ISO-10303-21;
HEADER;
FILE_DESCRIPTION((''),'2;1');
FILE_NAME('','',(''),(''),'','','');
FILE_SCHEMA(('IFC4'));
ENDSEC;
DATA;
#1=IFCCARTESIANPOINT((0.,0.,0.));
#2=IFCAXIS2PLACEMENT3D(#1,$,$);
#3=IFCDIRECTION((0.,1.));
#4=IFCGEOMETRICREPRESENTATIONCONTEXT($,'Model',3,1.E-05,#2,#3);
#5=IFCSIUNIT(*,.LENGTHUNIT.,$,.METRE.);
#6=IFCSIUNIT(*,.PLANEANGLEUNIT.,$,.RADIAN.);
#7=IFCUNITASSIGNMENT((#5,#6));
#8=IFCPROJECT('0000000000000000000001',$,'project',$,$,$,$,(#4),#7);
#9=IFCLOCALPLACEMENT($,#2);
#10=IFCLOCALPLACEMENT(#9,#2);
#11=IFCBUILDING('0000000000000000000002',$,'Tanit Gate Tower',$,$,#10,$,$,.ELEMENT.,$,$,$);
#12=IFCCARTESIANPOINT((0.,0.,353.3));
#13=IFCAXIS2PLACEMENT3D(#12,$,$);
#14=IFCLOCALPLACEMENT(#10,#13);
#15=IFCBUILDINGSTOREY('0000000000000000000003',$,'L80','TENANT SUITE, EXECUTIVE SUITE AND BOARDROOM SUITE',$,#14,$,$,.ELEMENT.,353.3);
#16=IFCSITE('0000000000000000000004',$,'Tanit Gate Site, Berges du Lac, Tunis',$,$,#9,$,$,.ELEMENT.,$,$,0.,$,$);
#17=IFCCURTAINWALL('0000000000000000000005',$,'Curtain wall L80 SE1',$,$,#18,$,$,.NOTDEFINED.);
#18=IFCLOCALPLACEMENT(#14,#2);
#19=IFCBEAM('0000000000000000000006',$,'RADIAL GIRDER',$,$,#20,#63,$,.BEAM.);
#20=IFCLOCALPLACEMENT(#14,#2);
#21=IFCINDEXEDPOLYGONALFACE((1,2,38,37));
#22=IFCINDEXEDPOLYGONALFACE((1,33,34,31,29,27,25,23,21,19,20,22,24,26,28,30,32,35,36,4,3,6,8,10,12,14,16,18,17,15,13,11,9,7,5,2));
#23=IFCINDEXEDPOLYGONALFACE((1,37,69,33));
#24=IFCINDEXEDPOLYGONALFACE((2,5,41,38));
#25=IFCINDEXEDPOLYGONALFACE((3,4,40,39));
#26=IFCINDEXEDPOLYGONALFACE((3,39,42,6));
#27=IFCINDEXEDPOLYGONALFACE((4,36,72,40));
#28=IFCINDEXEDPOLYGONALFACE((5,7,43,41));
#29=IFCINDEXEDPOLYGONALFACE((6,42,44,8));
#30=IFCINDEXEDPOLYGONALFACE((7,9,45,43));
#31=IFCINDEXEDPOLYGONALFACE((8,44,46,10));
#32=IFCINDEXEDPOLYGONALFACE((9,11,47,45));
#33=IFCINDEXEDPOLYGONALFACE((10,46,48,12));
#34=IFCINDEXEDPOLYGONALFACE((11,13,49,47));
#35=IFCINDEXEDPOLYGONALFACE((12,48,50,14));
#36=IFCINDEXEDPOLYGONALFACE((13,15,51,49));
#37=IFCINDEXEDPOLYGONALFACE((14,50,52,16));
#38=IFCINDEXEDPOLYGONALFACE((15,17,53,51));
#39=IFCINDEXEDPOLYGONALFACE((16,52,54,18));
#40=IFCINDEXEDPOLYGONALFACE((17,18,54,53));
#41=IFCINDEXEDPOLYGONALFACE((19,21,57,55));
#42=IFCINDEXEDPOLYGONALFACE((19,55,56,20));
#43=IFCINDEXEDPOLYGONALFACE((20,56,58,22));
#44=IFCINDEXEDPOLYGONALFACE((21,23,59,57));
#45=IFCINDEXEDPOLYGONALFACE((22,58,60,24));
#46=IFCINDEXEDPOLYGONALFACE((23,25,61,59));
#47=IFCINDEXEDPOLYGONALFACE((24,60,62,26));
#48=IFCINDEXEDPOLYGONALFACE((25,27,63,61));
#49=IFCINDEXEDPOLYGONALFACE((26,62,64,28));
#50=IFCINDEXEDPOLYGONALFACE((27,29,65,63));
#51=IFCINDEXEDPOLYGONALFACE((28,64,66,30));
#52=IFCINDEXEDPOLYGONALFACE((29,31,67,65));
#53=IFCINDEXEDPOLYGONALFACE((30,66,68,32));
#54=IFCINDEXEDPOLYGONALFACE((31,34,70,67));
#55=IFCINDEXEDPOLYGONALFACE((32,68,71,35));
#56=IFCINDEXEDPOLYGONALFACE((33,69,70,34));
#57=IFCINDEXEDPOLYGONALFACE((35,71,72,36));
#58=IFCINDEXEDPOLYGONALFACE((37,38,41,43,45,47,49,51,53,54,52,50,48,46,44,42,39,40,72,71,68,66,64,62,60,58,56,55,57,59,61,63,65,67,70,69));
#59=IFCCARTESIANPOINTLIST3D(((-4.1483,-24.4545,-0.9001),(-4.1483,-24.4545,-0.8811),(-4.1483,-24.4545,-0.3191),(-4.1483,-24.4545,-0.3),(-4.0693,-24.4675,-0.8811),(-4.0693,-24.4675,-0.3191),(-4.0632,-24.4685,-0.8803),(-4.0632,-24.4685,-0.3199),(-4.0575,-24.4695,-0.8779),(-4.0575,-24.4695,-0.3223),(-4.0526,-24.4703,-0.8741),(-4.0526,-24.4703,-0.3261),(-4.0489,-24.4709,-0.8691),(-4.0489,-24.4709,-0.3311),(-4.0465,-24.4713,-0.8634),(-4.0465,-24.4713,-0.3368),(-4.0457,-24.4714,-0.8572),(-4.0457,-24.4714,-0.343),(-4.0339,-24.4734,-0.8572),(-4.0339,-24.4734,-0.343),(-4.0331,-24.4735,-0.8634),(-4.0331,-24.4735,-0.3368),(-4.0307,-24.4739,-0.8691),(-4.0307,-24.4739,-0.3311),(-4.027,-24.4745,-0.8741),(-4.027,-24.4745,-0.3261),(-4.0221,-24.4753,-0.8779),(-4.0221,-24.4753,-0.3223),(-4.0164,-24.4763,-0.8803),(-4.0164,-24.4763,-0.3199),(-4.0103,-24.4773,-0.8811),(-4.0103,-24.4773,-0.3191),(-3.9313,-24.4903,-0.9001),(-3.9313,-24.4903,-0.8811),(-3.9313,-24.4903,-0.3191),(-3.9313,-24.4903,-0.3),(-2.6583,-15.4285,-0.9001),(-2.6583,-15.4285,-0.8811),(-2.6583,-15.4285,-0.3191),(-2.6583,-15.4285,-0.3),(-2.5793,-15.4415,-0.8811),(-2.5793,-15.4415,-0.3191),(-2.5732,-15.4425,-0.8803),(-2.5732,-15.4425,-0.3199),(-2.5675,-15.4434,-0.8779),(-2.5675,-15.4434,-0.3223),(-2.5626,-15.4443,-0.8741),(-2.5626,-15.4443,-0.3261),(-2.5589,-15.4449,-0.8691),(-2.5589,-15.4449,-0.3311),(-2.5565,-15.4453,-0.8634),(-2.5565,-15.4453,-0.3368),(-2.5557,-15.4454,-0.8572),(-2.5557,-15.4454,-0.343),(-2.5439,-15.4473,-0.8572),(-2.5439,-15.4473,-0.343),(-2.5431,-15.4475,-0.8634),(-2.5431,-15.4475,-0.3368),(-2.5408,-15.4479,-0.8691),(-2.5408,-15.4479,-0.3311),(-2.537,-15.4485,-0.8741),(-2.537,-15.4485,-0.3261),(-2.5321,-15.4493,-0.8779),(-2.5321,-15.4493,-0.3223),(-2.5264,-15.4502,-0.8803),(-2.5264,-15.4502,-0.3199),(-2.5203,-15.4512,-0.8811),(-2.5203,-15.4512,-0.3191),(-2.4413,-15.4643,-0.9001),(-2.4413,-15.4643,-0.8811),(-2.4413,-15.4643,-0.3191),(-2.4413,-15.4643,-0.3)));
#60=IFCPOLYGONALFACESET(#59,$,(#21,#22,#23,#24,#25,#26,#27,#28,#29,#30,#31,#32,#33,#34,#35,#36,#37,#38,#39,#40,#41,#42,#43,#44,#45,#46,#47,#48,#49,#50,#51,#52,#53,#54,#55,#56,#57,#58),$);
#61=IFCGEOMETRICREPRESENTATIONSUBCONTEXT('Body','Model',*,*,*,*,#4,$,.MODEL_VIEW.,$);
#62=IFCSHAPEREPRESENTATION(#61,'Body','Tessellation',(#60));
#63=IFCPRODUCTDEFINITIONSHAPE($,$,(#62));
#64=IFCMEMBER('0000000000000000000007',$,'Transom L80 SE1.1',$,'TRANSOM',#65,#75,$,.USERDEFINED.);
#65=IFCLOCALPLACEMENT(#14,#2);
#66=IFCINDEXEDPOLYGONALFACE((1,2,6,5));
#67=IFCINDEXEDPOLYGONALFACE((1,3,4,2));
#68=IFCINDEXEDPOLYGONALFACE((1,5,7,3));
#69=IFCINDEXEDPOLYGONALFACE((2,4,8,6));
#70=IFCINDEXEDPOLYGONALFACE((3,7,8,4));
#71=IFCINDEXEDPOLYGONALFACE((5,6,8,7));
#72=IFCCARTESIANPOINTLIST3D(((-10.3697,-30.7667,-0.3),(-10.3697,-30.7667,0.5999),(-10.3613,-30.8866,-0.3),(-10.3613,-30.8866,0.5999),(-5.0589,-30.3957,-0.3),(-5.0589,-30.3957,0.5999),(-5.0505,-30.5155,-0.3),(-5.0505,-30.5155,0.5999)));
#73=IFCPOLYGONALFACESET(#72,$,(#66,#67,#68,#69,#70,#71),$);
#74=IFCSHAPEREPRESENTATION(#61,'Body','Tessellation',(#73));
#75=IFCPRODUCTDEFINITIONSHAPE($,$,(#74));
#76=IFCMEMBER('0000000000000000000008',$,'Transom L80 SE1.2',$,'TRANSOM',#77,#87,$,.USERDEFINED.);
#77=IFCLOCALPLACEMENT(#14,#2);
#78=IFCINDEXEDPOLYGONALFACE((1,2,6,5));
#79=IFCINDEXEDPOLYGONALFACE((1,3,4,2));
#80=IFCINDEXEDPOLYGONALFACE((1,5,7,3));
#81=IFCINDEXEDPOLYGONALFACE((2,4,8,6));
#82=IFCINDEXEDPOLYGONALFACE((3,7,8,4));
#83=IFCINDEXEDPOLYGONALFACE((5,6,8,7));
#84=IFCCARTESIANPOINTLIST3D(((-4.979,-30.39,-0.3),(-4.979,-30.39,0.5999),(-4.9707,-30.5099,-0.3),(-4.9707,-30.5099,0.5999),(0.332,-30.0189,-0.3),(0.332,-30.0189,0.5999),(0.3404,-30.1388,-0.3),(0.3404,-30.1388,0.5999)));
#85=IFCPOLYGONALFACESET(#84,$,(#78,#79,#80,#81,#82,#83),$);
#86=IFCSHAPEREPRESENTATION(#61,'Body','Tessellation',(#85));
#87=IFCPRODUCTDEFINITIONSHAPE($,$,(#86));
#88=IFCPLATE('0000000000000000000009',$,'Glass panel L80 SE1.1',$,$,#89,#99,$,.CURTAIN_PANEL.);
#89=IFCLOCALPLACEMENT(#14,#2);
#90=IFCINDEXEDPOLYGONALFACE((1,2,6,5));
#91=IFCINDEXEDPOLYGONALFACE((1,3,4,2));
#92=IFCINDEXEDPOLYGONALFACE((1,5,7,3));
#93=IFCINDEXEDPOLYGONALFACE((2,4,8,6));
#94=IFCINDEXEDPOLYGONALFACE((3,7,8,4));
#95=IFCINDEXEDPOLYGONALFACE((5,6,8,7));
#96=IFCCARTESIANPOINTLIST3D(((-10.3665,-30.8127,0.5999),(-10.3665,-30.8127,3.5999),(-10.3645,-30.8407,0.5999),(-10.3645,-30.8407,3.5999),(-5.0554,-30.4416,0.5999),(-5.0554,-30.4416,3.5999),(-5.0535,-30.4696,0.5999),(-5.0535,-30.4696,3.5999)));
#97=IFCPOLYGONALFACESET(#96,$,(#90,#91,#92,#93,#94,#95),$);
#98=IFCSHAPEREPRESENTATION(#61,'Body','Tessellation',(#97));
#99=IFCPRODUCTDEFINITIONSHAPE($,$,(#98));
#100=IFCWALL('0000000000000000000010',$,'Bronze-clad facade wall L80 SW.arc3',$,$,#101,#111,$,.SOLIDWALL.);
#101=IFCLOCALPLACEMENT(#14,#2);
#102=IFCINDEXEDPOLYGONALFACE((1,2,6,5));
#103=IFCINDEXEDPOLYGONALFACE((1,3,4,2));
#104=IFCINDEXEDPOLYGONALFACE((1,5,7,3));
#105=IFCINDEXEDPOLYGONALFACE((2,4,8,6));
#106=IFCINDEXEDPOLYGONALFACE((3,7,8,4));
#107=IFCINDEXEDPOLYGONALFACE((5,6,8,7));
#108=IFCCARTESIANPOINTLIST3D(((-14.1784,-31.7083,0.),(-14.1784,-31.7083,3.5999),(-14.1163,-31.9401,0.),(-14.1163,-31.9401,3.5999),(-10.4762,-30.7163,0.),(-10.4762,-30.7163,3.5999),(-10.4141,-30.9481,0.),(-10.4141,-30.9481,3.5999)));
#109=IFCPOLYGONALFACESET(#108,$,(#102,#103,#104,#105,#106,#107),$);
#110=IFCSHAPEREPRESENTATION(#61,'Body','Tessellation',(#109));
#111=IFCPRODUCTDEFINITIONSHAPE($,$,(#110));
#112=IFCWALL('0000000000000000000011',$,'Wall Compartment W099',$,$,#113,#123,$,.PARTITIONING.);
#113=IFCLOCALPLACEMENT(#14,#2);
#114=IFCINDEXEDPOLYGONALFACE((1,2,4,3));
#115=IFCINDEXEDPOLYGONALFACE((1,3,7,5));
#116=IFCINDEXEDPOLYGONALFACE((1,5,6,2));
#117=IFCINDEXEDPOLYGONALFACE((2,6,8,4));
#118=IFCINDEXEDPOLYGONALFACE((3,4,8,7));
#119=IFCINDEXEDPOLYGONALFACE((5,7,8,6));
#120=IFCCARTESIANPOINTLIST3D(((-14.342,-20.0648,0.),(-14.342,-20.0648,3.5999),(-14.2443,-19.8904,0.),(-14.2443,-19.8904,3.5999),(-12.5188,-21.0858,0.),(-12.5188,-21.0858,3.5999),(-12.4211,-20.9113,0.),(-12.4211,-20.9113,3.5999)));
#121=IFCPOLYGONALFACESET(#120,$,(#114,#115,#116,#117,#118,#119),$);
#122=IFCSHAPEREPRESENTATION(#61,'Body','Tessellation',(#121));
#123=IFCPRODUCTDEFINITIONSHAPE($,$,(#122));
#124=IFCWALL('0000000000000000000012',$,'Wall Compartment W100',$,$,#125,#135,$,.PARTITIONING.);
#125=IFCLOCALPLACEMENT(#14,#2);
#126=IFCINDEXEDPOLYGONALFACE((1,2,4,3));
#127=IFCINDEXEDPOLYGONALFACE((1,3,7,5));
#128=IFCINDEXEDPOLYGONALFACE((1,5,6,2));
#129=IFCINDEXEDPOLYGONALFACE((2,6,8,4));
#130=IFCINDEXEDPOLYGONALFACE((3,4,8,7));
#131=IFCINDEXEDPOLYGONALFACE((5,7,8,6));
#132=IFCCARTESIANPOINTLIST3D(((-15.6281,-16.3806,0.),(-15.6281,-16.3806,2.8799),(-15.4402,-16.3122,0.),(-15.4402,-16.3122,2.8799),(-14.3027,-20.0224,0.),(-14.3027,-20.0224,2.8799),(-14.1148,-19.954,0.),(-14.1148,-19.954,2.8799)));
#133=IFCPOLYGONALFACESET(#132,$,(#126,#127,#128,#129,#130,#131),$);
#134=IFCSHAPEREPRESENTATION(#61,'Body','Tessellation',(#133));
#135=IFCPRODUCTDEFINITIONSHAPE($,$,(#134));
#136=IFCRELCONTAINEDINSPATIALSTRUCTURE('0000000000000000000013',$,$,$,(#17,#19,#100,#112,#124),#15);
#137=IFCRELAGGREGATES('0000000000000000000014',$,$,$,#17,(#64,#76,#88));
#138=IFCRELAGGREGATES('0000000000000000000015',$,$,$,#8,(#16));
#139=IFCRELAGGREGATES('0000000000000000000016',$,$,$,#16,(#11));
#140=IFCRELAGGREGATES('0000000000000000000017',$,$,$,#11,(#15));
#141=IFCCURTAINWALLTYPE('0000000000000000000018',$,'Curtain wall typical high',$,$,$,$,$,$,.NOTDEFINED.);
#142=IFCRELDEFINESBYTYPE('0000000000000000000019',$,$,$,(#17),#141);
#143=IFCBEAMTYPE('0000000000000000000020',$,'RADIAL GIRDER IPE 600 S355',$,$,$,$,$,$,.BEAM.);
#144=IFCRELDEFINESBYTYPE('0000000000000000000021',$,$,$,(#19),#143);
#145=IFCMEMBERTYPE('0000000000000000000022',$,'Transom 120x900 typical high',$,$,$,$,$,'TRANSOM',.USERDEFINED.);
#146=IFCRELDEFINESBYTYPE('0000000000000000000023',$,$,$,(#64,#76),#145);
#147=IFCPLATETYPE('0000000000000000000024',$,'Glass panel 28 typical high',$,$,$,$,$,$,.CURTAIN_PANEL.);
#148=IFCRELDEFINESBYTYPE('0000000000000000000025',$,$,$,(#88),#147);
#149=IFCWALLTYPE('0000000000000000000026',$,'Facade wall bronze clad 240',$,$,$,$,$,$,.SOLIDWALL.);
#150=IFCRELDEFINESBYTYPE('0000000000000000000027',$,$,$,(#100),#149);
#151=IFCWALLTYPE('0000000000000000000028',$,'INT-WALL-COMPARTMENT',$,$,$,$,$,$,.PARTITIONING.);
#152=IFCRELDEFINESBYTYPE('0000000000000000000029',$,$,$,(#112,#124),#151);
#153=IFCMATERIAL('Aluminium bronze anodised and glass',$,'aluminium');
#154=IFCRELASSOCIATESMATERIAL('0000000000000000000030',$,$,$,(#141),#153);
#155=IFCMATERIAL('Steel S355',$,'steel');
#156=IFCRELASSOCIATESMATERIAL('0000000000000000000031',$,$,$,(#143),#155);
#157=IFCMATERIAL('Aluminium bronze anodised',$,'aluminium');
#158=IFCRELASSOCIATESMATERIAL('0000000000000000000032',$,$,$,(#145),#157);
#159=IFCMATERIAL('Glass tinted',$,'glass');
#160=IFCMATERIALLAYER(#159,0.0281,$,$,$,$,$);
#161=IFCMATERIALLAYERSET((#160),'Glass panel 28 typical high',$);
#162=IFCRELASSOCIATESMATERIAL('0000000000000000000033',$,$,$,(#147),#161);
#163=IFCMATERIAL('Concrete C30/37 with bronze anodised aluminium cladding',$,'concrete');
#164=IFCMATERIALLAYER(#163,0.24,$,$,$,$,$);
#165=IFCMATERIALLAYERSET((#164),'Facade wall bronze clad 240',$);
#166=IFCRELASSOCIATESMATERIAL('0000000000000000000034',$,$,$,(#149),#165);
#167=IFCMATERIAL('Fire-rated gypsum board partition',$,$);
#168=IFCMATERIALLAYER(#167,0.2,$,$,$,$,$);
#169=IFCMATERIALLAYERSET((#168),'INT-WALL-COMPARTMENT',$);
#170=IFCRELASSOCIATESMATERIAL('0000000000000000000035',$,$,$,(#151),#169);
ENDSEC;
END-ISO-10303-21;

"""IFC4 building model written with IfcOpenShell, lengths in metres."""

from ifc_helpers import new_model, si_unit, direction, frame, frame_2d, origin, origin_2d, place, context, subcontext, project, spatial, rectangle, i_section, extrude, material, layer, layer_set, material_profile, profile_set, type_object, element, aggregate, save


model = new_model("IFC4")

# Units and contexts
model_context = context("Model", 3, precision=1e-05, world=origin(), true_north=direction((0.0, 1.0)))
body_context = subcontext(model_context, "Body", "Model", "MODEL_VIEW")
ifc_project = project(units=[si_unit("LENGTHUNIT", "METRE"), si_unit("PLANEANGLEUNIT", "RADIAN")], contexts=[model_context])

# Site, building, storey
site_placement = place(None, origin())
site = spatial("IfcSite", under=ifc_project, at=site_placement, Name="Tanit Gate Site, Berges du Lac, Tunis", CompositionType="ELEMENT", RefElevation=0.0)
building_placement = place(site_placement, origin())
building = spatial("IfcBuilding", under=site, at=building_placement, Name="Tanit Gate Tower", CompositionType="ELEMENT")
storey_placement = place(building_placement, frame((0.0, 0.0, 353.3)))
storey = spatial("IfcBuildingStorey", under=building, at=storey_placement, Name="L80", Description="TENANT SUITE, EXECUTIVE SUITE AND BOARDROOM SUITE", CompositionType="ELEMENT", Elevation=353.3)

# Curtain wall
ifc_material_1 = material(Name="Aluminium bronze anodised and glass", Category="aluminium")
curtain_wall_type = type_object("IfcCurtainWallType", Name="Curtain wall typical high", PredefinedType="NOTDEFINED", material=ifc_material_1)
curtain_wall_placement = place(storey_placement, origin())
curtain_wall = element("IfcCurtainWall", 1, at=curtain_wall_placement, inside=storey, type_object=curtain_wall_type, Name="Curtain wall L80 SE1", PredefinedType="NOTDEFINED")

# Beam
ifc_material_2 = material(Name="Steel S355", Category="steel")
ifc_material_profile_1 = material_profile(ifc_material_2, i_section(OverallWidth=0.22, OverallDepth=0.6001, WebThickness=0.012, FlangeThickness=0.019, FilletRadius=0.0239, at=origin_2d()), Name="IPE 600")
ifc_profile_set_1 = profile_set([ifc_material_profile_1], Name="Steel S355")
beam_type_1 = type_object("IfcBeamType", Name="RADIAL GIRDER IPE 600 S355", PredefinedType="BEAM", material=ifc_profile_set_1)
beam_1_placement = place(storey_placement, frame((-4.0398, -24.4724, -0.6001), z_axis=(0.162871, 0.986647, 0.0), x_axis=(-0.986647, 0.162871, 0.0)))
element("IfcBeam", 2, at=beam_1_placement, inside=storey, type_object=beam_type_1, Name="RADIAL GIRDER", PredefinedType="BEAM", context=body_context, shape_type="SweptSolid", body=[
    extrude(i_section(OverallWidth=0.22, OverallDepth=0.6001, WebThickness=0.012, FlangeThickness=0.019, FilletRadius=0.0239, at=origin_2d()), origin(), (0.0, 0.0, 1.0), 9.1482),
])

# Members
ifc_material_3 = material(Name="Aluminium bronze anodised", Category="aluminium")
ifc_material_profile_2 = material_profile(ifc_material_3, rectangle(XDim=0.1201, YDim=0.8999, at=origin_2d()), Name="120x900 bronze transom")
ifc_profile_set_2 = profile_set([ifc_material_profile_2], Name="Aluminium bronze anodised")
member_type_1 = type_object("IfcMemberType", Name="Transom 120x900 typical high", ElementType="TRANSOM", PredefinedType="USERDEFINED", material=ifc_profile_set_2)
member_1_placement = place(storey_placement, frame((-10.3655, -30.8267, 0.1499), z_axis=(0.997568, 0.069705, 0.0), x_axis=(-0.069705, 0.997568, 0.0)))
member_1 = element("IfcMember", 3, at=member_1_placement, type_object=member_type_1, Name="Transom L80 SE1.1", ObjectType="TRANSOM", PredefinedType="USERDEFINED", context=body_context, shape_type="SweptSolid", body=[
    extrude(rectangle(XDim=0.1201, YDim=0.8999, at=origin_2d()), origin(), (0.0, 0.0, 1.0), 5.3237),
])
member_2_placement = place(storey_placement, frame((-4.9749, -30.45, 0.1499), z_axis=(0.997568, 0.069702, 0.0), x_axis=(-0.069702, 0.997568, 0.0)))
member_2 = element("IfcMember", 4, at=member_2_placement, type_object=member_type_1, Name="Transom L80 SE1.2", ObjectType="TRANSOM", PredefinedType="USERDEFINED", context=body_context, shape_type="SweptSolid", body=[
    extrude(rectangle(XDim=0.1201, YDim=0.8999, at=origin_2d()), origin(), (0.0, 0.0, 1.0), 5.324),
])

# Plate
ifc_material_4 = material(Name="Glass tinted", Category="glass")
ifc_layer_1 = layer(ifc_material_4, 0.0281)
ifc_layer_set_1 = layer_set([ifc_layer_1], Name="Glass panel 28 typical high")
plate_type = type_object("IfcPlateType", Name="Glass panel 28 typical high", PredefinedType="CURTAIN_PANEL", material=ifc_layer_set_1)
plate_placement = place(storey_placement, frame((-7.71, -30.6411, 0.5999), z_axis=(0.0, 0.0, 1.0), x_axis=(0.997568, 0.069702, 0.0)))
plate = element("IfcPlate", 5, at=plate_placement, type_object=plate_type, Name="Glass panel L80 SE1.1", PredefinedType="CURTAIN_PANEL", context=body_context, shape_type="SweptSolid", body=[
    extrude(rectangle(XDim=5.324, YDim=0.0281, at=origin_2d()), origin(), (0.0, 0.0, 1.0), 3.0),
])
aggregate(curtain_wall, [member_1, member_2, plate])

# Walls
ifc_material_5 = material(Name="Concrete C30/37 with bronze anodised aluminium cladding", Category="concrete")
ifc_layer_2 = layer(ifc_material_5, 0.24)
ifc_layer_set_2 = layer_set([ifc_layer_2], Name="Facade wall bronze clad 240")
wall_type_1 = type_object("IfcWallType", Name="Facade wall bronze clad 240", PredefinedType="SOLIDWALL", material=ifc_layer_set_2)
wall_1_placement = place(storey_placement, frame((-14.1475, -31.8242, 0.0), z_axis=(0.0, 0.0, 1.0), x_axis=(0.965929, 0.258808, 0.0)))
element("IfcWall", 6, at=wall_1_placement, inside=storey, type_object=wall_type_1, Name="Bronze-clad facade wall L80 SW.arc3", PredefinedType="SOLIDWALL", context=body_context, shape_type="SweptSolid", body=[
    extrude(rectangle(XDim=3.8328, YDim=0.24, at=frame_2d((1.9165, 0.0))), origin(), (0.0, 0.0, 1.0), 3.5999),
])
ifc_material_6 = material(Name="Fire-rated gypsum board partition")
ifc_layer_3 = layer(ifc_material_6, 0.2)
ifc_layer_set_3 = layer_set([ifc_layer_3], Name="INT-WALL-COMPARTMENT")
wall_type_2 = type_object("IfcWallType", Name="INT-WALL-COMPARTMENT", PredefinedType="PARTITIONING", material=ifc_layer_set_3)
wall_2_placement = place(storey_placement, frame((-14.2932, -19.9775, 0.0), z_axis=(0.0, 0.0, 1.0), x_axis=(0.87251, -0.488596, 0.0)))
element("IfcWall", 7, at=wall_2_placement, inside=storey, type_object=wall_type_2, Name="Wall Compartment W099", PredefinedType="PARTITIONING", context=body_context, shape_type="SweptSolid", body=[
    extrude(rectangle(XDim=2.0896, YDim=0.2, at=frame_2d((1.0449, 0.0))), origin(), (0.0, 0.0, 1.0), 3.5999),
])
wall_3_placement = place(storey_placement, frame((-15.5342, -16.3464, 0.0), z_axis=(0.0, 0.0, 1.0), x_axis=(0.342001, -0.9397, 0.0)))
element("IfcWall", 8, at=wall_3_placement, inside=storey, type_object=wall_type_2, Name="Wall Compartment W100", PredefinedType="PARTITIONING", context=body_context, shape_type="SweptSolid", body=[
    extrude(rectangle(XDim=3.8755, YDim=0.2, at=frame_2d((1.9377, 0.0))), origin(), (0.0, 0.0, 1.0), 2.8799),
])

save(model, "model.ifc")
